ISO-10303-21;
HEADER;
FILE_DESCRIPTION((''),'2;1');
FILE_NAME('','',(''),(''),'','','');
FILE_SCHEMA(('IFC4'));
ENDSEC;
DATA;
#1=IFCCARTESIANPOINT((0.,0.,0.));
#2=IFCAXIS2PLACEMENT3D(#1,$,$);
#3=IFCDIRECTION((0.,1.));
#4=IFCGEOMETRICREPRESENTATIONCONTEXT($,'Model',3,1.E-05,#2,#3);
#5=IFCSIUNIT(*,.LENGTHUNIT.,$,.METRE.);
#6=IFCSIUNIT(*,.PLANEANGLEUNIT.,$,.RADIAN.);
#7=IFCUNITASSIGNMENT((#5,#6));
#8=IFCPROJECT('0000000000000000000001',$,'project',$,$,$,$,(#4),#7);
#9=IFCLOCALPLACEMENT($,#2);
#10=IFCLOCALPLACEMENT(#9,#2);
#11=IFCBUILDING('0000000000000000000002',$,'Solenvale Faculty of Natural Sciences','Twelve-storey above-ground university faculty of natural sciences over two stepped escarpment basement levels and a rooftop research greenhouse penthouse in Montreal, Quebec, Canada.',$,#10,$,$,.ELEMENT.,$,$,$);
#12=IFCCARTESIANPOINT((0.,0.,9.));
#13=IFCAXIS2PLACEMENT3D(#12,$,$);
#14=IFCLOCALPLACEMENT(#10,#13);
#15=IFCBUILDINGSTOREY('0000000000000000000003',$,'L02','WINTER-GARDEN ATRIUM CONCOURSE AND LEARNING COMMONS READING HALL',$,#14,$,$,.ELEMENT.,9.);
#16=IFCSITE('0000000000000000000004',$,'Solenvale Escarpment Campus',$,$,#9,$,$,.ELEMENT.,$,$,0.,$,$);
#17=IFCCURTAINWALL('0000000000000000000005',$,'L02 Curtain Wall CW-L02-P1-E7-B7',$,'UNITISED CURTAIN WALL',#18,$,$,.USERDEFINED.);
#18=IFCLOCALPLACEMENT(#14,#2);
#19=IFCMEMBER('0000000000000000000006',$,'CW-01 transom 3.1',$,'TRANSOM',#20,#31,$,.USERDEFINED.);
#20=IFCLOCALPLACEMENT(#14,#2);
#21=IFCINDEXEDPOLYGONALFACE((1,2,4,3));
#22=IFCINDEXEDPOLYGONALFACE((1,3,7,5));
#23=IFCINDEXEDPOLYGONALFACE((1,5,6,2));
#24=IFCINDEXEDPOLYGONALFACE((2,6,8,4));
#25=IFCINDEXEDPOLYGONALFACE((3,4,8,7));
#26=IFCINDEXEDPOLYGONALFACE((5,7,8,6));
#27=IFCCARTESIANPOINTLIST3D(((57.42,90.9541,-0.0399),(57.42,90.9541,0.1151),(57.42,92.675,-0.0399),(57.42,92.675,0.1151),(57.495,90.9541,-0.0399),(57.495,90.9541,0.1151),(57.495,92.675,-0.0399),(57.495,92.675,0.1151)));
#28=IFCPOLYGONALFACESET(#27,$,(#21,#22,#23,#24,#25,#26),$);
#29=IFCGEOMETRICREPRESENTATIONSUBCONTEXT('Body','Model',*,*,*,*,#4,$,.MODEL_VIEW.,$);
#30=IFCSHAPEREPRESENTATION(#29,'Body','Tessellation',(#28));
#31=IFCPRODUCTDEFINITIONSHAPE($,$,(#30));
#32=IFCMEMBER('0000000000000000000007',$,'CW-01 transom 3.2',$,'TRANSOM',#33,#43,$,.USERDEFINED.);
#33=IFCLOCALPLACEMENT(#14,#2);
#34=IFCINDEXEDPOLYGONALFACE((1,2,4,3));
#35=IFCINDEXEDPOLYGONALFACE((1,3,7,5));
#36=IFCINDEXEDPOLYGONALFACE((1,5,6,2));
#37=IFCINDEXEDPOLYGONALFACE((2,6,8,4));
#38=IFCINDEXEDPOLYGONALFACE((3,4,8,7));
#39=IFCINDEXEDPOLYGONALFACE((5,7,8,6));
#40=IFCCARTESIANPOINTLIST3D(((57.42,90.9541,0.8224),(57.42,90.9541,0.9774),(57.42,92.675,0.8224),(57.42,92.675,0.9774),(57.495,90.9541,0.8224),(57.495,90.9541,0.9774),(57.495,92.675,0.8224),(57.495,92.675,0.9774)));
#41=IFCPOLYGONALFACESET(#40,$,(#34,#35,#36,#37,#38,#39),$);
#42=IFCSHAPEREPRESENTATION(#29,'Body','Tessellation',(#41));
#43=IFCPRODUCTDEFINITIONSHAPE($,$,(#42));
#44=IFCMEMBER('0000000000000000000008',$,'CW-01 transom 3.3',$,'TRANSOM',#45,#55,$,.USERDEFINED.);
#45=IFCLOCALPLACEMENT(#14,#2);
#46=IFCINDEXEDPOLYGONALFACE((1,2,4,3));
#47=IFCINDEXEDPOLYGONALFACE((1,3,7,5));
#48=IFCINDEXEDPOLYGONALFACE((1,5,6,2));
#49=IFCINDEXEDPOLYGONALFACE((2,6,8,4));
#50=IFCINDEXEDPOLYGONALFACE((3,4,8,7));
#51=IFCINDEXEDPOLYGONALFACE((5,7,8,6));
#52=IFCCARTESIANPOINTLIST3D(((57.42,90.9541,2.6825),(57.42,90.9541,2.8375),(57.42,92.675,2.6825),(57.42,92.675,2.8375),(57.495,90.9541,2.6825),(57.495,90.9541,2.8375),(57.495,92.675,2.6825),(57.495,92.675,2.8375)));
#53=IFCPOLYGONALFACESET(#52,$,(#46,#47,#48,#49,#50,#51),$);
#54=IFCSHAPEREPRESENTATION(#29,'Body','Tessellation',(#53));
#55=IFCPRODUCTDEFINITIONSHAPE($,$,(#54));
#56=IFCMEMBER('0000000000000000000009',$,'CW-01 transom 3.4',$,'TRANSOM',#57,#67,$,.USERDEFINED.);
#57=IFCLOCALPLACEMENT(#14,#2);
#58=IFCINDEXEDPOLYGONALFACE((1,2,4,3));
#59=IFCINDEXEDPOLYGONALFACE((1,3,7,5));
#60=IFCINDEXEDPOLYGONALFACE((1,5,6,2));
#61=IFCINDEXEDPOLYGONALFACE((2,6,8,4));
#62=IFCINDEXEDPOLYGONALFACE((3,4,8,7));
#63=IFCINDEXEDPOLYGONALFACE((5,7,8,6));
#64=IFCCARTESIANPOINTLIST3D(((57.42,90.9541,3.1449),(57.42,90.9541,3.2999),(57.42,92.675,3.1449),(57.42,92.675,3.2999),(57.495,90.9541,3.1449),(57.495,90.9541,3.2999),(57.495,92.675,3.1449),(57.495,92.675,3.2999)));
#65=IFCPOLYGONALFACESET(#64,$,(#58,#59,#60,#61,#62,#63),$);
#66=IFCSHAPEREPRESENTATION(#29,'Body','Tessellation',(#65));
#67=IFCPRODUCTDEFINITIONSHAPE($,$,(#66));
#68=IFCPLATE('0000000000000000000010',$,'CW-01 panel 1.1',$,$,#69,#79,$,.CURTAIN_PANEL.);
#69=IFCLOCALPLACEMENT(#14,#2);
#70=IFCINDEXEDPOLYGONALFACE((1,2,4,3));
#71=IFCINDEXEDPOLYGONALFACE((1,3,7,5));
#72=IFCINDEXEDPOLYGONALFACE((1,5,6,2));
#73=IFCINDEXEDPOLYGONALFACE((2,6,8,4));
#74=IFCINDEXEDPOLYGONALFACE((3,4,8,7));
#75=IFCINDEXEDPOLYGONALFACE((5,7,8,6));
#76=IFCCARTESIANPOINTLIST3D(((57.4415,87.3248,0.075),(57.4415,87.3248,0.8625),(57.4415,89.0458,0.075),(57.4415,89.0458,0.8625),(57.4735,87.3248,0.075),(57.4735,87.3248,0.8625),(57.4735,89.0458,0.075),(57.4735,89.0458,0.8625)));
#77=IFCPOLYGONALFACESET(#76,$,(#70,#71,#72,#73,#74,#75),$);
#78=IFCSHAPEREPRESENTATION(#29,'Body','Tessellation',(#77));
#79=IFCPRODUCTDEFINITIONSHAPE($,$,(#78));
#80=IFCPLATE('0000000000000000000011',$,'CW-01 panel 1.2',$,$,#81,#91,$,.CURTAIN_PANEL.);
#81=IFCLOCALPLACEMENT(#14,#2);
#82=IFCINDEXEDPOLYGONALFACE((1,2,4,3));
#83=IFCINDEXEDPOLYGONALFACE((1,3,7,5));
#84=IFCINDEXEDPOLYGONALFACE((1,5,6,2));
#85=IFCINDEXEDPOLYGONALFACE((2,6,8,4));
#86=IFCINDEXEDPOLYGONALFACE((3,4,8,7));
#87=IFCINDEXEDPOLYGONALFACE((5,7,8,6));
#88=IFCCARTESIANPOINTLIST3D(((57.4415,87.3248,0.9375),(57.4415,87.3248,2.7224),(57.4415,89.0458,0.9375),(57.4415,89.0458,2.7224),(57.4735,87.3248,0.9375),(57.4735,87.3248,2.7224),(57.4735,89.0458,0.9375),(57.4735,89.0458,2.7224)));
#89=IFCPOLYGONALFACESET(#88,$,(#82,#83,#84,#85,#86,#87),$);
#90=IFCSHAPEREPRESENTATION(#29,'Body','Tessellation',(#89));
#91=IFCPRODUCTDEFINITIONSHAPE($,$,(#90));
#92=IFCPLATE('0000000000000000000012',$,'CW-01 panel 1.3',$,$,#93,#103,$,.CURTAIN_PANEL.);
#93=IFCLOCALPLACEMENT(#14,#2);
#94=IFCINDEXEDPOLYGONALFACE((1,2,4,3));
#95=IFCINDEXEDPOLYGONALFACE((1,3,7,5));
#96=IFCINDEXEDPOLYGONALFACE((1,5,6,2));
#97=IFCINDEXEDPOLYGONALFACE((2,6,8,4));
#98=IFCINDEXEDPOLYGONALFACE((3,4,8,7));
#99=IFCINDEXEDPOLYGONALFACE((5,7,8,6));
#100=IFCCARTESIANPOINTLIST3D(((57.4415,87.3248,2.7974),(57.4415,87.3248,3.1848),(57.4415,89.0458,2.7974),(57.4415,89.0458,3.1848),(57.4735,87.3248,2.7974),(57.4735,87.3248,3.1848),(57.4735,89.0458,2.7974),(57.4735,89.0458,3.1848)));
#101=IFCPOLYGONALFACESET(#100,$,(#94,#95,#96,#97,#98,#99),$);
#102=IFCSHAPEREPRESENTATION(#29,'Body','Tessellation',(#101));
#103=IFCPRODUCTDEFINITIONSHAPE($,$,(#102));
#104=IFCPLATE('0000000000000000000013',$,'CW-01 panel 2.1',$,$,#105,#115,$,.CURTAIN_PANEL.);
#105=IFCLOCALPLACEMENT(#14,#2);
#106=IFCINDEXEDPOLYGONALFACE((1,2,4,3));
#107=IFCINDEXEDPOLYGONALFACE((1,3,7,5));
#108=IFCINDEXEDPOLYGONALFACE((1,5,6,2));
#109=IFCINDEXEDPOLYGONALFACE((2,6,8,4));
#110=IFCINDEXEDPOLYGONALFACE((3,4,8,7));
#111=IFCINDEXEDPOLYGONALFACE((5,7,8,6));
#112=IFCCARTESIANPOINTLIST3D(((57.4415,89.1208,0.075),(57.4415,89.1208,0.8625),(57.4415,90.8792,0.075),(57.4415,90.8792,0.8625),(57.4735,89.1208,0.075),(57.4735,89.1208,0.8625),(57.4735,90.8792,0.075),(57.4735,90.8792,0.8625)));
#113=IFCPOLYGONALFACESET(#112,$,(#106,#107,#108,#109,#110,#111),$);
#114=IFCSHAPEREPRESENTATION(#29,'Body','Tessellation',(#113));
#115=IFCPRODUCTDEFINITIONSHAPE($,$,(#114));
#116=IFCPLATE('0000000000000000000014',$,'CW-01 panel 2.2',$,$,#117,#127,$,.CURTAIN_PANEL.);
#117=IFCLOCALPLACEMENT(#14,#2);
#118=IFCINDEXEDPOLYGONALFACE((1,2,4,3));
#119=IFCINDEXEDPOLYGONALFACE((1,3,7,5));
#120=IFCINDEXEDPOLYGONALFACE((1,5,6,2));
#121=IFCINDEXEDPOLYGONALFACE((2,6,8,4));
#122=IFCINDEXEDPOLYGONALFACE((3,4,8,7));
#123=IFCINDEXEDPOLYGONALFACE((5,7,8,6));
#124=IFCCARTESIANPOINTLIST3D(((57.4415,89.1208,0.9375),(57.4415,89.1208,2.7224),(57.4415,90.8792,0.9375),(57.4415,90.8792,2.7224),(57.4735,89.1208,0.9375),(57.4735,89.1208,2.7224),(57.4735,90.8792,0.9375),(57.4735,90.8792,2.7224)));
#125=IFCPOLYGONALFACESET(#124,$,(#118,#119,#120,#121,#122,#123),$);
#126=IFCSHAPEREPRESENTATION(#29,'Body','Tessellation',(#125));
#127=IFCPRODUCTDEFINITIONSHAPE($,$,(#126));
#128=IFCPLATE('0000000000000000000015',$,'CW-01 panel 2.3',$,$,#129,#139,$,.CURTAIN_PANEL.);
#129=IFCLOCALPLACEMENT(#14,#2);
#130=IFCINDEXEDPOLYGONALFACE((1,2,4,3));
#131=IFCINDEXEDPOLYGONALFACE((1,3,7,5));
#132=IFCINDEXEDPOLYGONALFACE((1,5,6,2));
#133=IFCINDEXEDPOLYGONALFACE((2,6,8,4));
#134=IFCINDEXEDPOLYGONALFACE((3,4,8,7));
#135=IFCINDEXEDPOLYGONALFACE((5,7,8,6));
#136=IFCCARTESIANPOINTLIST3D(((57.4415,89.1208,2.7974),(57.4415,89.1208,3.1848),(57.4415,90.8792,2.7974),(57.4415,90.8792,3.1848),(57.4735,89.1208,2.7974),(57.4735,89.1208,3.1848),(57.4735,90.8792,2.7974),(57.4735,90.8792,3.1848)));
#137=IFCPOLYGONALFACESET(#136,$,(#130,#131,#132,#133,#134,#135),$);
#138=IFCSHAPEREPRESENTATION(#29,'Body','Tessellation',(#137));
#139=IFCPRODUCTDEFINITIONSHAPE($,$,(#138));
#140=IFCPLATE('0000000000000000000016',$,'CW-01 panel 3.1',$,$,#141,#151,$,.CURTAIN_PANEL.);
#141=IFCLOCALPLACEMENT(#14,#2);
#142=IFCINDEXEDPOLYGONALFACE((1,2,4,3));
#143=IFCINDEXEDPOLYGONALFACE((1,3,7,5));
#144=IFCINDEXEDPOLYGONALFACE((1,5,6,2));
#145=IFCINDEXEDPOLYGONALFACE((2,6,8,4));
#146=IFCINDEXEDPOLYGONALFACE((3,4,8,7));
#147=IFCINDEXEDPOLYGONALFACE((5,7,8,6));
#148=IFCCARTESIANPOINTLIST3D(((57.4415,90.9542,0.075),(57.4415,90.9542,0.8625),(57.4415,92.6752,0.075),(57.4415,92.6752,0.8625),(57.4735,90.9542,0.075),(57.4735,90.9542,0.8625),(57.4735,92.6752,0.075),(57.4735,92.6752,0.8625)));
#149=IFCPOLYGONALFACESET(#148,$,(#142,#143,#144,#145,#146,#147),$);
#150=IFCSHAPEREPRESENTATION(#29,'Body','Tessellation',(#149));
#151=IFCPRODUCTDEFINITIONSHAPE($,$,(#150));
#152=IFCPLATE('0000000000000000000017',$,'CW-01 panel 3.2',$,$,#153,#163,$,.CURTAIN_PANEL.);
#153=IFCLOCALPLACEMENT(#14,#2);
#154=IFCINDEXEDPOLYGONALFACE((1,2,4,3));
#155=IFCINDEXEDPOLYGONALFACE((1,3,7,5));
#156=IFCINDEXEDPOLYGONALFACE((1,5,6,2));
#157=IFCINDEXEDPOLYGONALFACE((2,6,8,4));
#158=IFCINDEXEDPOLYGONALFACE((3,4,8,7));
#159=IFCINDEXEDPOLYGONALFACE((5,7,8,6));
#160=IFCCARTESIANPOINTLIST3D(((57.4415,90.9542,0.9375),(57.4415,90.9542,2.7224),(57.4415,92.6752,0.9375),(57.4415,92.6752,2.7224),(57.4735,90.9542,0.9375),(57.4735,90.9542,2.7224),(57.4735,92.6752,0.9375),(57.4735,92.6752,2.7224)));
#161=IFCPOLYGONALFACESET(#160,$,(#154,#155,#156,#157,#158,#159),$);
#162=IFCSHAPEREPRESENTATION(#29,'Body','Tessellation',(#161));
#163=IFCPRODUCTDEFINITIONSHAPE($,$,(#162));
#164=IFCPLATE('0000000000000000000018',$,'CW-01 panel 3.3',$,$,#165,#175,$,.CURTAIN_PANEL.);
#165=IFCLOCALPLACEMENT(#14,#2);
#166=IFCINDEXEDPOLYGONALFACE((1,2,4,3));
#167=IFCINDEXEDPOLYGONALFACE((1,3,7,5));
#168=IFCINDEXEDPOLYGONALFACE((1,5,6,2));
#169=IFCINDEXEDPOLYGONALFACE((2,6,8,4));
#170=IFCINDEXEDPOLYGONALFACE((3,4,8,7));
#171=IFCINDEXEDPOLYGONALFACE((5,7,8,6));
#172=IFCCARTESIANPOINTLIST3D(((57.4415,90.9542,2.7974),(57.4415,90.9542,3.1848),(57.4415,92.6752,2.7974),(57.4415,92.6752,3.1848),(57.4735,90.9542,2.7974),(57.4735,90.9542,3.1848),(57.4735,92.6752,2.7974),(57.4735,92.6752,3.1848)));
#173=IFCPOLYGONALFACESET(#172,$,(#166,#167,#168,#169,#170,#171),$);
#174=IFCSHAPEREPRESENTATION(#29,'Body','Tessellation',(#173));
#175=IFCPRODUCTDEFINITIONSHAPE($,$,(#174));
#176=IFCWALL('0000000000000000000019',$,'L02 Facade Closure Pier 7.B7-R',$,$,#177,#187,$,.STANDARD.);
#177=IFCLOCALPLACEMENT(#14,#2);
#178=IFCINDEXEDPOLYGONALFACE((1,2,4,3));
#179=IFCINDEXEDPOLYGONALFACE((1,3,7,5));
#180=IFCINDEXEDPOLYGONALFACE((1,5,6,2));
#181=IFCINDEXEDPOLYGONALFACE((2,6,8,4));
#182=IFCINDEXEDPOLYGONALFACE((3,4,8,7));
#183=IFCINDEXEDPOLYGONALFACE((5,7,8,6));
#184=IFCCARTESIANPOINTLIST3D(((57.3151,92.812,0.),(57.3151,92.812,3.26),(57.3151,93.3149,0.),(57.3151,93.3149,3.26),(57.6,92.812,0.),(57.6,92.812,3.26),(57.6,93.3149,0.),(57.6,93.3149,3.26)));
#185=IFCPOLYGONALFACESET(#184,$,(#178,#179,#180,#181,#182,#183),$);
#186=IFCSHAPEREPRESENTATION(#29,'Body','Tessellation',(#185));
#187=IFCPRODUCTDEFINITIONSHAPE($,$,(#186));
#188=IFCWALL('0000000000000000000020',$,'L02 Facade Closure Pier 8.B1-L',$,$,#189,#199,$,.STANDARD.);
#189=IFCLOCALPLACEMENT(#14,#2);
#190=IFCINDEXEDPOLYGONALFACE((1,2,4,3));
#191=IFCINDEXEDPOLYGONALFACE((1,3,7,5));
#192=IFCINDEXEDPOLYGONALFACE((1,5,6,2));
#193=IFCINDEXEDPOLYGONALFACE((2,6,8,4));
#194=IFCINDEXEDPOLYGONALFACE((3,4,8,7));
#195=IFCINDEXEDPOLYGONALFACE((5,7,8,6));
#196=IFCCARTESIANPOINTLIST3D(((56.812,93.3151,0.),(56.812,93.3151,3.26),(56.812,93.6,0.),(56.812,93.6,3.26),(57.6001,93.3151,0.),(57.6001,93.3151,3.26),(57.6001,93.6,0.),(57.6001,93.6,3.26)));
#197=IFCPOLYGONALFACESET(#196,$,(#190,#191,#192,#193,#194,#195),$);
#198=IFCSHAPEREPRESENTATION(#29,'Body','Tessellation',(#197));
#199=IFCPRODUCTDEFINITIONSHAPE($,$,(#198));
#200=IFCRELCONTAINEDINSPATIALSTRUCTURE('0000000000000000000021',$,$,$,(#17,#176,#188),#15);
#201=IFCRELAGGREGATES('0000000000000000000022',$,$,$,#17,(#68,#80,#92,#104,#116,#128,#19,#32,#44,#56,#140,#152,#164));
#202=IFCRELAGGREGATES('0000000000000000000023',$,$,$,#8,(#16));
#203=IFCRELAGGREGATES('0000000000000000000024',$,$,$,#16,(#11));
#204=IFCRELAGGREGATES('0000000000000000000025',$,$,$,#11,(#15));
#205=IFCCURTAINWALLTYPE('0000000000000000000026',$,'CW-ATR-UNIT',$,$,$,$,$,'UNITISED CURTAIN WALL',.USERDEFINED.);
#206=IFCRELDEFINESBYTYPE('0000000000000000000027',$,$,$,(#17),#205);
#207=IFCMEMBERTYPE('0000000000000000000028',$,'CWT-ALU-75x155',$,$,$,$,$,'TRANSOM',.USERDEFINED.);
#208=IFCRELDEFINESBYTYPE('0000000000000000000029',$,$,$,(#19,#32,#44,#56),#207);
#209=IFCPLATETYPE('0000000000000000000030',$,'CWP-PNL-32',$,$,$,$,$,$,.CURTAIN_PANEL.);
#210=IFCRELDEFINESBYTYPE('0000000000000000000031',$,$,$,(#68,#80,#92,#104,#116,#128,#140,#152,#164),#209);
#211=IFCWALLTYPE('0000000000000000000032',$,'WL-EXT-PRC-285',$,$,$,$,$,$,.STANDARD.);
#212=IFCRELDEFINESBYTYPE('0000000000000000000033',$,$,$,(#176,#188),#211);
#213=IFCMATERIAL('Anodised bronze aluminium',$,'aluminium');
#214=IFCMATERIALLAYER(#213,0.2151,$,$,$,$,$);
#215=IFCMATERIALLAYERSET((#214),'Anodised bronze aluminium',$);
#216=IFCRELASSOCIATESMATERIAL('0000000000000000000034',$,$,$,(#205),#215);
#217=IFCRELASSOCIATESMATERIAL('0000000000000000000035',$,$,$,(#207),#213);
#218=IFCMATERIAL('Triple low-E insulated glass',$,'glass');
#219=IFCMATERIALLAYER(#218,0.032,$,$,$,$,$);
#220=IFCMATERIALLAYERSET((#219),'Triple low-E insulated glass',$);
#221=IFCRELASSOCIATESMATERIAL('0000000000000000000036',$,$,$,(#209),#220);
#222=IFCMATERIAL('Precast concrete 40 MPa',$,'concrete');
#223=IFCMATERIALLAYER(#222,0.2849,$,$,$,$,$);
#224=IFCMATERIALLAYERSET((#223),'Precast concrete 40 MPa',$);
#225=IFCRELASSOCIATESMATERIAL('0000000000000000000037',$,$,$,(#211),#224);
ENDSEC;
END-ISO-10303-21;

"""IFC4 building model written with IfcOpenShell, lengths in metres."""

from ifc_helpers import new_model, si_unit, direction, frame, frame_2d, origin, origin_2d, place, context, subcontext, project, spatial, rectangle, extrude, material, layer, layer_set, material_profile, profile_set, type_object, element, aggregate, save


model = new_model("IFC4")

# Units and contexts
model_context = context("Model", 3, precision=1e-05, world=origin(), true_north=direction((0.0, 1.0)))
body_context = subcontext(model_context, "Body", "Model", "MODEL_VIEW")
ifc_project = project(units=[si_unit("LENGTHUNIT", "METRE"), si_unit("PLANEANGLEUNIT", "RADIAN")], contexts=[model_context])

# Site, building, storey
site_placement = place(None, origin())
site = spatial("IfcSite", under=ifc_project, at=site_placement, Name="Solenvale Escarpment Campus", CompositionType="ELEMENT", RefElevation=0.0)
building_placement = place(site_placement, origin())
building = spatial("IfcBuilding", under=site, at=building_placement, Name="Solenvale Faculty of Natural Sciences", Description="Twelve-storey above-ground university faculty of natural sciences over two stepped escarpment basement levels and a rooftop research greenhouse penthouse in Montreal, Quebec, Canada.", CompositionType="ELEMENT")
storey_placement = place(building_placement, frame((0.0, 0.0, 9.0)))
storey = spatial("IfcBuildingStorey", under=building, at=storey_placement, Name="L02", Description="WINTER-GARDEN ATRIUM CONCOURSE AND LEARNING COMMONS READING HALL", CompositionType="ELEMENT", Elevation=9.0)

# Curtain wall
ifc_material_1 = material(Name="Anodised bronze aluminium", Category="aluminium")
ifc_layer_1 = layer(ifc_material_1, 0.2151)
ifc_layer_set_1 = layer_set([ifc_layer_1], Name="Anodised bronze aluminium")
curtain_wall_type = type_object("IfcCurtainWallType", Name="CW-ATR-UNIT", ElementType="UNITISED CURTAIN WALL", PredefinedType="USERDEFINED", material=ifc_layer_set_1)
curtain_wall_1_placement = place(storey_placement, origin())
curtain_wall_1 = element("IfcCurtainWall", 1, at=curtain_wall_1_placement, inside=storey, type_object=curtain_wall_type, Name="L02 Curtain Wall CW-L02-P1-E7-B7", ObjectType="UNITISED CURTAIN WALL", PredefinedType="USERDEFINED")

# Members
ifc_material_profile_1 = material_profile(ifc_material_1, rectangle(XDim=0.075, YDim=0.155, at=origin_2d()), Name="ALU-TRN-75x155")
ifc_profile_set_1 = profile_set([ifc_material_profile_1], Name="Anodised bronze aluminium")
member_type_1 = type_object("IfcMemberType", Name="CWT-ALU-75x155", ElementType="TRANSOM", PredefinedType="USERDEFINED", material=ifc_profile_set_1)
member_1_placement = place(storey_placement, frame((57.4575, 90.9541, 0.0376), z_axis=(0.0, 1.0, 0.0), x_axis=(-1.0, 0.0, 0.0)))
member_1 = element("IfcMember", 2, at=member_1_placement, type_object=member_type_1, Name="CW-01 transom 3.1", ObjectType="TRANSOM", PredefinedType="USERDEFINED", context=body_context, shape_type="SweptSolid", body=[
    extrude(rectangle(XDim=0.075, YDim=0.155, at=origin_2d()), origin(), (0.0, 0.0, 1.0), 1.7209),
])
member_2_placement = place(storey_placement, frame((57.4575, 90.9541, 0.8999), z_axis=(0.0, 1.0, 0.0), x_axis=(-1.0, 0.0, 0.0)))
member_2 = element("IfcMember", 3, at=member_2_placement, type_object=member_type_1, Name="CW-01 transom 3.2", ObjectType="TRANSOM", PredefinedType="USERDEFINED", context=body_context, shape_type="SweptSolid", body=[
    extrude(rectangle(XDim=0.075, YDim=0.155, at=origin_2d()), origin(), (0.0, 0.0, 1.0), 1.7209),
])
member_3_placement = place(storey_placement, frame((57.4575, 90.9541, 2.76), z_axis=(0.0, 1.0, 0.0), x_axis=(-1.0, 0.0, 0.0)))
member_3 = element("IfcMember", 4, at=member_3_placement, type_object=member_type_1, Name="CW-01 transom 3.3", ObjectType="TRANSOM", PredefinedType="USERDEFINED", context=body_context, shape_type="SweptSolid", body=[
    extrude(rectangle(XDim=0.075, YDim=0.155, at=origin_2d()), origin(), (0.0, 0.0, 1.0), 1.7209),
])
member_4_placement = place(storey_placement, frame((57.4575, 90.9541, 3.2224), z_axis=(0.0, 1.0, 0.0), x_axis=(-1.0, 0.0, 0.0)))
member_4 = element("IfcMember", 5, at=member_4_placement, type_object=member_type_1, Name="CW-01 transom 3.4", ObjectType="TRANSOM", PredefinedType="USERDEFINED", context=body_context, shape_type="SweptSolid", body=[
    extrude(rectangle(XDim=0.075, YDim=0.155, at=origin_2d()), origin(), (0.0, 0.0, 1.0), 1.7209),
])

# Plates
ifc_material_2 = material(Name="Triple low-E insulated glass", Category="glass")
ifc_layer_2 = layer(ifc_material_2, 0.032)
ifc_layer_set_2 = layer_set([ifc_layer_2], Name="Triple low-E insulated glass")
plate_type = type_object("IfcPlateType", Name="CWP-PNL-32", PredefinedType="CURTAIN_PANEL", material=ifc_layer_set_2)
plate_1_placement = place(storey_placement, frame((57.4575, 88.1853, 0.075), z_axis=(0.0, 0.0, 1.0), x_axis=(0.0, 1.0, 0.0)))
plate_1 = element("IfcPlate", 6, at=plate_1_placement, type_object=plate_type, Name="CW-01 panel 1.1", PredefinedType="CURTAIN_PANEL", context=body_context, shape_type="SweptSolid", body=[
    extrude(rectangle(XDim=1.7209, YDim=0.032, at=origin_2d()), origin(), (0.0, 0.0, 1.0), 0.7876),
])
plate_2_placement = place(storey_placement, frame((57.4575, 88.1853, 0.9375), z_axis=(0.0, 0.0, 1.0), x_axis=(0.0, 1.0, 0.0)))
plate_2 = element("IfcPlate", 7, at=plate_2_placement, type_object=plate_type, Name="CW-01 panel 1.2", PredefinedType="CURTAIN_PANEL", context=body_context, shape_type="SweptSolid", body=[
    extrude(rectangle(XDim=1.7209, YDim=0.032, at=origin_2d()), origin(), (0.0, 0.0, 1.0), 1.7849),
])
plate_3_placement = place(storey_placement, frame((57.4575, 88.1853, 2.7974), z_axis=(0.0, 0.0, 1.0), x_axis=(0.0, 1.0, 0.0)))
plate_3 = element("IfcPlate", 8, at=plate_3_placement, type_object=plate_type, Name="CW-01 panel 1.3", PredefinedType="CURTAIN_PANEL", context=body_context, shape_type="SweptSolid", body=[
    extrude(rectangle(XDim=1.7209, YDim=0.032, at=origin_2d()), origin(), (0.0, 0.0, 1.0), 0.3875),
])
plate_4_placement = place(storey_placement, frame((57.4575, 90.0, 0.075), z_axis=(0.0, 0.0, 1.0), x_axis=(0.0, 1.0, 0.0)))
plate_4 = element("IfcPlate", 9, at=plate_4_placement, type_object=plate_type, Name="CW-01 panel 2.1", PredefinedType="CURTAIN_PANEL", context=body_context, shape_type="SweptSolid", body=[
    extrude(rectangle(XDim=1.7583, YDim=0.032, at=origin_2d()), origin(), (0.0, 0.0, 1.0), 0.7876),
])
plate_5_placement = place(storey_placement, frame((57.4575, 90.0, 0.9375), z_axis=(0.0, 0.0, 1.0), x_axis=(0.0, 1.0, 0.0)))
plate_5 = element("IfcPlate", 10, at=plate_5_placement, type_object=plate_type, Name="CW-01 panel 2.2", PredefinedType="CURTAIN_PANEL", context=body_context, shape_type="SweptSolid", body=[
    extrude(rectangle(XDim=1.7583, YDim=0.032, at=origin_2d()), origin(), (0.0, 0.0, 1.0), 1.7849),
])
plate_6_placement = place(storey_placement, frame((57.4575, 90.0, 2.7974), z_axis=(0.0, 0.0, 1.0), x_axis=(0.0, 1.0, 0.0)))
plate_6 = element("IfcPlate", 11, at=plate_6_placement, type_object=plate_type, Name="CW-01 panel 2.3", PredefinedType="CURTAIN_PANEL", context=body_context, shape_type="SweptSolid", body=[
    extrude(rectangle(XDim=1.7583, YDim=0.032, at=origin_2d()), origin(), (0.0, 0.0, 1.0), 0.3875),
])
plate_7_placement = place(storey_placement, frame((57.4575, 91.8147, 0.075), z_axis=(0.0, 0.0, 1.0), x_axis=(0.0, 1.0, 0.0)))
plate_7 = element("IfcPlate", 12, at=plate_7_placement, type_object=plate_type, Name="CW-01 panel 3.1", PredefinedType="CURTAIN_PANEL", context=body_context, shape_type="SweptSolid", body=[
    extrude(rectangle(XDim=1.7209, YDim=0.032, at=origin_2d()), origin(), (0.0, 0.0, 1.0), 0.7876),
])
plate_8_placement = place(storey_placement, frame((57.4575, 91.8147, 0.9375), z_axis=(0.0, 0.0, 1.0), x_axis=(0.0, 1.0, 0.0)))
plate_8 = element("IfcPlate", 13, at=plate_8_placement, type_object=plate_type, Name="CW-01 panel 3.2", PredefinedType="CURTAIN_PANEL", context=body_context, shape_type="SweptSolid", body=[
    extrude(rectangle(XDim=1.7209, YDim=0.032, at=origin_2d()), origin(), (0.0, 0.0, 1.0), 1.7849),
])
plate_9_placement = place(storey_placement, frame((57.4575, 91.8147, 2.7974), z_axis=(0.0, 0.0, 1.0), x_axis=(0.0, 1.0, 0.0)))
plate_9 = element("IfcPlate", 14, at=plate_9_placement, type_object=plate_type, Name="CW-01 panel 3.3", PredefinedType="CURTAIN_PANEL", context=body_context, shape_type="SweptSolid", body=[
    extrude(rectangle(XDim=1.7209, YDim=0.032, at=origin_2d()), origin(), (0.0, 0.0, 1.0), 0.3875),
])
aggregate(curtain_wall_1, [plate_1, plate_2, plate_3, plate_4, plate_5, plate_6, member_1, member_2, member_3, member_4, plate_7, plate_8, plate_9])

# Walls
ifc_material_3 = material(Name="Precast concrete 40 MPa", Category="concrete")
ifc_layer_3 = layer(ifc_material_3, 0.2849)
ifc_layer_set_3 = layer_set([ifc_layer_3], Name="Precast concrete 40 MPa")
wall_type = type_object("IfcWallType", Name="WL-EXT-PRC-285", PredefinedType="STANDARD", material=ifc_layer_set_3)
wall_1_placement = place(storey_placement, frame((57.4575, 92.812, 0.0), z_axis=(0.0, 0.0, 1.0), x_axis=(0.0, 1.0, 0.0)))
element("IfcWall", 15, at=wall_1_placement, inside=storey, type_object=wall_type, Name="L02 Facade Closure Pier 7.B7-R", PredefinedType="STANDARD", context=body_context, shape_type="SweptSolid", body=[
    extrude(rectangle(XDim=0.5029, YDim=0.2849, at=frame_2d((0.2515, 0.0))), origin(), (0.0, 0.0, 1.0), 3.26),
])
wall_2_placement = place(storey_placement, frame((57.6001, 93.4575, 0.0), z_axis=(0.0, 0.0, 1.0), x_axis=(-1.0, 0.0, 0.0)))
element("IfcWall", 16, at=wall_2_placement, inside=storey, type_object=wall_type, Name="L02 Facade Closure Pier 8.B1-L", PredefinedType="STANDARD", context=body_context, shape_type="SweptSolid", body=[
    extrude(rectangle(XDim=0.7881, YDim=0.2849, at=frame_2d((0.394, 0.0))), origin(), (0.0, 0.0, 1.0), 3.26),
])

save(model, "model.ifc")
